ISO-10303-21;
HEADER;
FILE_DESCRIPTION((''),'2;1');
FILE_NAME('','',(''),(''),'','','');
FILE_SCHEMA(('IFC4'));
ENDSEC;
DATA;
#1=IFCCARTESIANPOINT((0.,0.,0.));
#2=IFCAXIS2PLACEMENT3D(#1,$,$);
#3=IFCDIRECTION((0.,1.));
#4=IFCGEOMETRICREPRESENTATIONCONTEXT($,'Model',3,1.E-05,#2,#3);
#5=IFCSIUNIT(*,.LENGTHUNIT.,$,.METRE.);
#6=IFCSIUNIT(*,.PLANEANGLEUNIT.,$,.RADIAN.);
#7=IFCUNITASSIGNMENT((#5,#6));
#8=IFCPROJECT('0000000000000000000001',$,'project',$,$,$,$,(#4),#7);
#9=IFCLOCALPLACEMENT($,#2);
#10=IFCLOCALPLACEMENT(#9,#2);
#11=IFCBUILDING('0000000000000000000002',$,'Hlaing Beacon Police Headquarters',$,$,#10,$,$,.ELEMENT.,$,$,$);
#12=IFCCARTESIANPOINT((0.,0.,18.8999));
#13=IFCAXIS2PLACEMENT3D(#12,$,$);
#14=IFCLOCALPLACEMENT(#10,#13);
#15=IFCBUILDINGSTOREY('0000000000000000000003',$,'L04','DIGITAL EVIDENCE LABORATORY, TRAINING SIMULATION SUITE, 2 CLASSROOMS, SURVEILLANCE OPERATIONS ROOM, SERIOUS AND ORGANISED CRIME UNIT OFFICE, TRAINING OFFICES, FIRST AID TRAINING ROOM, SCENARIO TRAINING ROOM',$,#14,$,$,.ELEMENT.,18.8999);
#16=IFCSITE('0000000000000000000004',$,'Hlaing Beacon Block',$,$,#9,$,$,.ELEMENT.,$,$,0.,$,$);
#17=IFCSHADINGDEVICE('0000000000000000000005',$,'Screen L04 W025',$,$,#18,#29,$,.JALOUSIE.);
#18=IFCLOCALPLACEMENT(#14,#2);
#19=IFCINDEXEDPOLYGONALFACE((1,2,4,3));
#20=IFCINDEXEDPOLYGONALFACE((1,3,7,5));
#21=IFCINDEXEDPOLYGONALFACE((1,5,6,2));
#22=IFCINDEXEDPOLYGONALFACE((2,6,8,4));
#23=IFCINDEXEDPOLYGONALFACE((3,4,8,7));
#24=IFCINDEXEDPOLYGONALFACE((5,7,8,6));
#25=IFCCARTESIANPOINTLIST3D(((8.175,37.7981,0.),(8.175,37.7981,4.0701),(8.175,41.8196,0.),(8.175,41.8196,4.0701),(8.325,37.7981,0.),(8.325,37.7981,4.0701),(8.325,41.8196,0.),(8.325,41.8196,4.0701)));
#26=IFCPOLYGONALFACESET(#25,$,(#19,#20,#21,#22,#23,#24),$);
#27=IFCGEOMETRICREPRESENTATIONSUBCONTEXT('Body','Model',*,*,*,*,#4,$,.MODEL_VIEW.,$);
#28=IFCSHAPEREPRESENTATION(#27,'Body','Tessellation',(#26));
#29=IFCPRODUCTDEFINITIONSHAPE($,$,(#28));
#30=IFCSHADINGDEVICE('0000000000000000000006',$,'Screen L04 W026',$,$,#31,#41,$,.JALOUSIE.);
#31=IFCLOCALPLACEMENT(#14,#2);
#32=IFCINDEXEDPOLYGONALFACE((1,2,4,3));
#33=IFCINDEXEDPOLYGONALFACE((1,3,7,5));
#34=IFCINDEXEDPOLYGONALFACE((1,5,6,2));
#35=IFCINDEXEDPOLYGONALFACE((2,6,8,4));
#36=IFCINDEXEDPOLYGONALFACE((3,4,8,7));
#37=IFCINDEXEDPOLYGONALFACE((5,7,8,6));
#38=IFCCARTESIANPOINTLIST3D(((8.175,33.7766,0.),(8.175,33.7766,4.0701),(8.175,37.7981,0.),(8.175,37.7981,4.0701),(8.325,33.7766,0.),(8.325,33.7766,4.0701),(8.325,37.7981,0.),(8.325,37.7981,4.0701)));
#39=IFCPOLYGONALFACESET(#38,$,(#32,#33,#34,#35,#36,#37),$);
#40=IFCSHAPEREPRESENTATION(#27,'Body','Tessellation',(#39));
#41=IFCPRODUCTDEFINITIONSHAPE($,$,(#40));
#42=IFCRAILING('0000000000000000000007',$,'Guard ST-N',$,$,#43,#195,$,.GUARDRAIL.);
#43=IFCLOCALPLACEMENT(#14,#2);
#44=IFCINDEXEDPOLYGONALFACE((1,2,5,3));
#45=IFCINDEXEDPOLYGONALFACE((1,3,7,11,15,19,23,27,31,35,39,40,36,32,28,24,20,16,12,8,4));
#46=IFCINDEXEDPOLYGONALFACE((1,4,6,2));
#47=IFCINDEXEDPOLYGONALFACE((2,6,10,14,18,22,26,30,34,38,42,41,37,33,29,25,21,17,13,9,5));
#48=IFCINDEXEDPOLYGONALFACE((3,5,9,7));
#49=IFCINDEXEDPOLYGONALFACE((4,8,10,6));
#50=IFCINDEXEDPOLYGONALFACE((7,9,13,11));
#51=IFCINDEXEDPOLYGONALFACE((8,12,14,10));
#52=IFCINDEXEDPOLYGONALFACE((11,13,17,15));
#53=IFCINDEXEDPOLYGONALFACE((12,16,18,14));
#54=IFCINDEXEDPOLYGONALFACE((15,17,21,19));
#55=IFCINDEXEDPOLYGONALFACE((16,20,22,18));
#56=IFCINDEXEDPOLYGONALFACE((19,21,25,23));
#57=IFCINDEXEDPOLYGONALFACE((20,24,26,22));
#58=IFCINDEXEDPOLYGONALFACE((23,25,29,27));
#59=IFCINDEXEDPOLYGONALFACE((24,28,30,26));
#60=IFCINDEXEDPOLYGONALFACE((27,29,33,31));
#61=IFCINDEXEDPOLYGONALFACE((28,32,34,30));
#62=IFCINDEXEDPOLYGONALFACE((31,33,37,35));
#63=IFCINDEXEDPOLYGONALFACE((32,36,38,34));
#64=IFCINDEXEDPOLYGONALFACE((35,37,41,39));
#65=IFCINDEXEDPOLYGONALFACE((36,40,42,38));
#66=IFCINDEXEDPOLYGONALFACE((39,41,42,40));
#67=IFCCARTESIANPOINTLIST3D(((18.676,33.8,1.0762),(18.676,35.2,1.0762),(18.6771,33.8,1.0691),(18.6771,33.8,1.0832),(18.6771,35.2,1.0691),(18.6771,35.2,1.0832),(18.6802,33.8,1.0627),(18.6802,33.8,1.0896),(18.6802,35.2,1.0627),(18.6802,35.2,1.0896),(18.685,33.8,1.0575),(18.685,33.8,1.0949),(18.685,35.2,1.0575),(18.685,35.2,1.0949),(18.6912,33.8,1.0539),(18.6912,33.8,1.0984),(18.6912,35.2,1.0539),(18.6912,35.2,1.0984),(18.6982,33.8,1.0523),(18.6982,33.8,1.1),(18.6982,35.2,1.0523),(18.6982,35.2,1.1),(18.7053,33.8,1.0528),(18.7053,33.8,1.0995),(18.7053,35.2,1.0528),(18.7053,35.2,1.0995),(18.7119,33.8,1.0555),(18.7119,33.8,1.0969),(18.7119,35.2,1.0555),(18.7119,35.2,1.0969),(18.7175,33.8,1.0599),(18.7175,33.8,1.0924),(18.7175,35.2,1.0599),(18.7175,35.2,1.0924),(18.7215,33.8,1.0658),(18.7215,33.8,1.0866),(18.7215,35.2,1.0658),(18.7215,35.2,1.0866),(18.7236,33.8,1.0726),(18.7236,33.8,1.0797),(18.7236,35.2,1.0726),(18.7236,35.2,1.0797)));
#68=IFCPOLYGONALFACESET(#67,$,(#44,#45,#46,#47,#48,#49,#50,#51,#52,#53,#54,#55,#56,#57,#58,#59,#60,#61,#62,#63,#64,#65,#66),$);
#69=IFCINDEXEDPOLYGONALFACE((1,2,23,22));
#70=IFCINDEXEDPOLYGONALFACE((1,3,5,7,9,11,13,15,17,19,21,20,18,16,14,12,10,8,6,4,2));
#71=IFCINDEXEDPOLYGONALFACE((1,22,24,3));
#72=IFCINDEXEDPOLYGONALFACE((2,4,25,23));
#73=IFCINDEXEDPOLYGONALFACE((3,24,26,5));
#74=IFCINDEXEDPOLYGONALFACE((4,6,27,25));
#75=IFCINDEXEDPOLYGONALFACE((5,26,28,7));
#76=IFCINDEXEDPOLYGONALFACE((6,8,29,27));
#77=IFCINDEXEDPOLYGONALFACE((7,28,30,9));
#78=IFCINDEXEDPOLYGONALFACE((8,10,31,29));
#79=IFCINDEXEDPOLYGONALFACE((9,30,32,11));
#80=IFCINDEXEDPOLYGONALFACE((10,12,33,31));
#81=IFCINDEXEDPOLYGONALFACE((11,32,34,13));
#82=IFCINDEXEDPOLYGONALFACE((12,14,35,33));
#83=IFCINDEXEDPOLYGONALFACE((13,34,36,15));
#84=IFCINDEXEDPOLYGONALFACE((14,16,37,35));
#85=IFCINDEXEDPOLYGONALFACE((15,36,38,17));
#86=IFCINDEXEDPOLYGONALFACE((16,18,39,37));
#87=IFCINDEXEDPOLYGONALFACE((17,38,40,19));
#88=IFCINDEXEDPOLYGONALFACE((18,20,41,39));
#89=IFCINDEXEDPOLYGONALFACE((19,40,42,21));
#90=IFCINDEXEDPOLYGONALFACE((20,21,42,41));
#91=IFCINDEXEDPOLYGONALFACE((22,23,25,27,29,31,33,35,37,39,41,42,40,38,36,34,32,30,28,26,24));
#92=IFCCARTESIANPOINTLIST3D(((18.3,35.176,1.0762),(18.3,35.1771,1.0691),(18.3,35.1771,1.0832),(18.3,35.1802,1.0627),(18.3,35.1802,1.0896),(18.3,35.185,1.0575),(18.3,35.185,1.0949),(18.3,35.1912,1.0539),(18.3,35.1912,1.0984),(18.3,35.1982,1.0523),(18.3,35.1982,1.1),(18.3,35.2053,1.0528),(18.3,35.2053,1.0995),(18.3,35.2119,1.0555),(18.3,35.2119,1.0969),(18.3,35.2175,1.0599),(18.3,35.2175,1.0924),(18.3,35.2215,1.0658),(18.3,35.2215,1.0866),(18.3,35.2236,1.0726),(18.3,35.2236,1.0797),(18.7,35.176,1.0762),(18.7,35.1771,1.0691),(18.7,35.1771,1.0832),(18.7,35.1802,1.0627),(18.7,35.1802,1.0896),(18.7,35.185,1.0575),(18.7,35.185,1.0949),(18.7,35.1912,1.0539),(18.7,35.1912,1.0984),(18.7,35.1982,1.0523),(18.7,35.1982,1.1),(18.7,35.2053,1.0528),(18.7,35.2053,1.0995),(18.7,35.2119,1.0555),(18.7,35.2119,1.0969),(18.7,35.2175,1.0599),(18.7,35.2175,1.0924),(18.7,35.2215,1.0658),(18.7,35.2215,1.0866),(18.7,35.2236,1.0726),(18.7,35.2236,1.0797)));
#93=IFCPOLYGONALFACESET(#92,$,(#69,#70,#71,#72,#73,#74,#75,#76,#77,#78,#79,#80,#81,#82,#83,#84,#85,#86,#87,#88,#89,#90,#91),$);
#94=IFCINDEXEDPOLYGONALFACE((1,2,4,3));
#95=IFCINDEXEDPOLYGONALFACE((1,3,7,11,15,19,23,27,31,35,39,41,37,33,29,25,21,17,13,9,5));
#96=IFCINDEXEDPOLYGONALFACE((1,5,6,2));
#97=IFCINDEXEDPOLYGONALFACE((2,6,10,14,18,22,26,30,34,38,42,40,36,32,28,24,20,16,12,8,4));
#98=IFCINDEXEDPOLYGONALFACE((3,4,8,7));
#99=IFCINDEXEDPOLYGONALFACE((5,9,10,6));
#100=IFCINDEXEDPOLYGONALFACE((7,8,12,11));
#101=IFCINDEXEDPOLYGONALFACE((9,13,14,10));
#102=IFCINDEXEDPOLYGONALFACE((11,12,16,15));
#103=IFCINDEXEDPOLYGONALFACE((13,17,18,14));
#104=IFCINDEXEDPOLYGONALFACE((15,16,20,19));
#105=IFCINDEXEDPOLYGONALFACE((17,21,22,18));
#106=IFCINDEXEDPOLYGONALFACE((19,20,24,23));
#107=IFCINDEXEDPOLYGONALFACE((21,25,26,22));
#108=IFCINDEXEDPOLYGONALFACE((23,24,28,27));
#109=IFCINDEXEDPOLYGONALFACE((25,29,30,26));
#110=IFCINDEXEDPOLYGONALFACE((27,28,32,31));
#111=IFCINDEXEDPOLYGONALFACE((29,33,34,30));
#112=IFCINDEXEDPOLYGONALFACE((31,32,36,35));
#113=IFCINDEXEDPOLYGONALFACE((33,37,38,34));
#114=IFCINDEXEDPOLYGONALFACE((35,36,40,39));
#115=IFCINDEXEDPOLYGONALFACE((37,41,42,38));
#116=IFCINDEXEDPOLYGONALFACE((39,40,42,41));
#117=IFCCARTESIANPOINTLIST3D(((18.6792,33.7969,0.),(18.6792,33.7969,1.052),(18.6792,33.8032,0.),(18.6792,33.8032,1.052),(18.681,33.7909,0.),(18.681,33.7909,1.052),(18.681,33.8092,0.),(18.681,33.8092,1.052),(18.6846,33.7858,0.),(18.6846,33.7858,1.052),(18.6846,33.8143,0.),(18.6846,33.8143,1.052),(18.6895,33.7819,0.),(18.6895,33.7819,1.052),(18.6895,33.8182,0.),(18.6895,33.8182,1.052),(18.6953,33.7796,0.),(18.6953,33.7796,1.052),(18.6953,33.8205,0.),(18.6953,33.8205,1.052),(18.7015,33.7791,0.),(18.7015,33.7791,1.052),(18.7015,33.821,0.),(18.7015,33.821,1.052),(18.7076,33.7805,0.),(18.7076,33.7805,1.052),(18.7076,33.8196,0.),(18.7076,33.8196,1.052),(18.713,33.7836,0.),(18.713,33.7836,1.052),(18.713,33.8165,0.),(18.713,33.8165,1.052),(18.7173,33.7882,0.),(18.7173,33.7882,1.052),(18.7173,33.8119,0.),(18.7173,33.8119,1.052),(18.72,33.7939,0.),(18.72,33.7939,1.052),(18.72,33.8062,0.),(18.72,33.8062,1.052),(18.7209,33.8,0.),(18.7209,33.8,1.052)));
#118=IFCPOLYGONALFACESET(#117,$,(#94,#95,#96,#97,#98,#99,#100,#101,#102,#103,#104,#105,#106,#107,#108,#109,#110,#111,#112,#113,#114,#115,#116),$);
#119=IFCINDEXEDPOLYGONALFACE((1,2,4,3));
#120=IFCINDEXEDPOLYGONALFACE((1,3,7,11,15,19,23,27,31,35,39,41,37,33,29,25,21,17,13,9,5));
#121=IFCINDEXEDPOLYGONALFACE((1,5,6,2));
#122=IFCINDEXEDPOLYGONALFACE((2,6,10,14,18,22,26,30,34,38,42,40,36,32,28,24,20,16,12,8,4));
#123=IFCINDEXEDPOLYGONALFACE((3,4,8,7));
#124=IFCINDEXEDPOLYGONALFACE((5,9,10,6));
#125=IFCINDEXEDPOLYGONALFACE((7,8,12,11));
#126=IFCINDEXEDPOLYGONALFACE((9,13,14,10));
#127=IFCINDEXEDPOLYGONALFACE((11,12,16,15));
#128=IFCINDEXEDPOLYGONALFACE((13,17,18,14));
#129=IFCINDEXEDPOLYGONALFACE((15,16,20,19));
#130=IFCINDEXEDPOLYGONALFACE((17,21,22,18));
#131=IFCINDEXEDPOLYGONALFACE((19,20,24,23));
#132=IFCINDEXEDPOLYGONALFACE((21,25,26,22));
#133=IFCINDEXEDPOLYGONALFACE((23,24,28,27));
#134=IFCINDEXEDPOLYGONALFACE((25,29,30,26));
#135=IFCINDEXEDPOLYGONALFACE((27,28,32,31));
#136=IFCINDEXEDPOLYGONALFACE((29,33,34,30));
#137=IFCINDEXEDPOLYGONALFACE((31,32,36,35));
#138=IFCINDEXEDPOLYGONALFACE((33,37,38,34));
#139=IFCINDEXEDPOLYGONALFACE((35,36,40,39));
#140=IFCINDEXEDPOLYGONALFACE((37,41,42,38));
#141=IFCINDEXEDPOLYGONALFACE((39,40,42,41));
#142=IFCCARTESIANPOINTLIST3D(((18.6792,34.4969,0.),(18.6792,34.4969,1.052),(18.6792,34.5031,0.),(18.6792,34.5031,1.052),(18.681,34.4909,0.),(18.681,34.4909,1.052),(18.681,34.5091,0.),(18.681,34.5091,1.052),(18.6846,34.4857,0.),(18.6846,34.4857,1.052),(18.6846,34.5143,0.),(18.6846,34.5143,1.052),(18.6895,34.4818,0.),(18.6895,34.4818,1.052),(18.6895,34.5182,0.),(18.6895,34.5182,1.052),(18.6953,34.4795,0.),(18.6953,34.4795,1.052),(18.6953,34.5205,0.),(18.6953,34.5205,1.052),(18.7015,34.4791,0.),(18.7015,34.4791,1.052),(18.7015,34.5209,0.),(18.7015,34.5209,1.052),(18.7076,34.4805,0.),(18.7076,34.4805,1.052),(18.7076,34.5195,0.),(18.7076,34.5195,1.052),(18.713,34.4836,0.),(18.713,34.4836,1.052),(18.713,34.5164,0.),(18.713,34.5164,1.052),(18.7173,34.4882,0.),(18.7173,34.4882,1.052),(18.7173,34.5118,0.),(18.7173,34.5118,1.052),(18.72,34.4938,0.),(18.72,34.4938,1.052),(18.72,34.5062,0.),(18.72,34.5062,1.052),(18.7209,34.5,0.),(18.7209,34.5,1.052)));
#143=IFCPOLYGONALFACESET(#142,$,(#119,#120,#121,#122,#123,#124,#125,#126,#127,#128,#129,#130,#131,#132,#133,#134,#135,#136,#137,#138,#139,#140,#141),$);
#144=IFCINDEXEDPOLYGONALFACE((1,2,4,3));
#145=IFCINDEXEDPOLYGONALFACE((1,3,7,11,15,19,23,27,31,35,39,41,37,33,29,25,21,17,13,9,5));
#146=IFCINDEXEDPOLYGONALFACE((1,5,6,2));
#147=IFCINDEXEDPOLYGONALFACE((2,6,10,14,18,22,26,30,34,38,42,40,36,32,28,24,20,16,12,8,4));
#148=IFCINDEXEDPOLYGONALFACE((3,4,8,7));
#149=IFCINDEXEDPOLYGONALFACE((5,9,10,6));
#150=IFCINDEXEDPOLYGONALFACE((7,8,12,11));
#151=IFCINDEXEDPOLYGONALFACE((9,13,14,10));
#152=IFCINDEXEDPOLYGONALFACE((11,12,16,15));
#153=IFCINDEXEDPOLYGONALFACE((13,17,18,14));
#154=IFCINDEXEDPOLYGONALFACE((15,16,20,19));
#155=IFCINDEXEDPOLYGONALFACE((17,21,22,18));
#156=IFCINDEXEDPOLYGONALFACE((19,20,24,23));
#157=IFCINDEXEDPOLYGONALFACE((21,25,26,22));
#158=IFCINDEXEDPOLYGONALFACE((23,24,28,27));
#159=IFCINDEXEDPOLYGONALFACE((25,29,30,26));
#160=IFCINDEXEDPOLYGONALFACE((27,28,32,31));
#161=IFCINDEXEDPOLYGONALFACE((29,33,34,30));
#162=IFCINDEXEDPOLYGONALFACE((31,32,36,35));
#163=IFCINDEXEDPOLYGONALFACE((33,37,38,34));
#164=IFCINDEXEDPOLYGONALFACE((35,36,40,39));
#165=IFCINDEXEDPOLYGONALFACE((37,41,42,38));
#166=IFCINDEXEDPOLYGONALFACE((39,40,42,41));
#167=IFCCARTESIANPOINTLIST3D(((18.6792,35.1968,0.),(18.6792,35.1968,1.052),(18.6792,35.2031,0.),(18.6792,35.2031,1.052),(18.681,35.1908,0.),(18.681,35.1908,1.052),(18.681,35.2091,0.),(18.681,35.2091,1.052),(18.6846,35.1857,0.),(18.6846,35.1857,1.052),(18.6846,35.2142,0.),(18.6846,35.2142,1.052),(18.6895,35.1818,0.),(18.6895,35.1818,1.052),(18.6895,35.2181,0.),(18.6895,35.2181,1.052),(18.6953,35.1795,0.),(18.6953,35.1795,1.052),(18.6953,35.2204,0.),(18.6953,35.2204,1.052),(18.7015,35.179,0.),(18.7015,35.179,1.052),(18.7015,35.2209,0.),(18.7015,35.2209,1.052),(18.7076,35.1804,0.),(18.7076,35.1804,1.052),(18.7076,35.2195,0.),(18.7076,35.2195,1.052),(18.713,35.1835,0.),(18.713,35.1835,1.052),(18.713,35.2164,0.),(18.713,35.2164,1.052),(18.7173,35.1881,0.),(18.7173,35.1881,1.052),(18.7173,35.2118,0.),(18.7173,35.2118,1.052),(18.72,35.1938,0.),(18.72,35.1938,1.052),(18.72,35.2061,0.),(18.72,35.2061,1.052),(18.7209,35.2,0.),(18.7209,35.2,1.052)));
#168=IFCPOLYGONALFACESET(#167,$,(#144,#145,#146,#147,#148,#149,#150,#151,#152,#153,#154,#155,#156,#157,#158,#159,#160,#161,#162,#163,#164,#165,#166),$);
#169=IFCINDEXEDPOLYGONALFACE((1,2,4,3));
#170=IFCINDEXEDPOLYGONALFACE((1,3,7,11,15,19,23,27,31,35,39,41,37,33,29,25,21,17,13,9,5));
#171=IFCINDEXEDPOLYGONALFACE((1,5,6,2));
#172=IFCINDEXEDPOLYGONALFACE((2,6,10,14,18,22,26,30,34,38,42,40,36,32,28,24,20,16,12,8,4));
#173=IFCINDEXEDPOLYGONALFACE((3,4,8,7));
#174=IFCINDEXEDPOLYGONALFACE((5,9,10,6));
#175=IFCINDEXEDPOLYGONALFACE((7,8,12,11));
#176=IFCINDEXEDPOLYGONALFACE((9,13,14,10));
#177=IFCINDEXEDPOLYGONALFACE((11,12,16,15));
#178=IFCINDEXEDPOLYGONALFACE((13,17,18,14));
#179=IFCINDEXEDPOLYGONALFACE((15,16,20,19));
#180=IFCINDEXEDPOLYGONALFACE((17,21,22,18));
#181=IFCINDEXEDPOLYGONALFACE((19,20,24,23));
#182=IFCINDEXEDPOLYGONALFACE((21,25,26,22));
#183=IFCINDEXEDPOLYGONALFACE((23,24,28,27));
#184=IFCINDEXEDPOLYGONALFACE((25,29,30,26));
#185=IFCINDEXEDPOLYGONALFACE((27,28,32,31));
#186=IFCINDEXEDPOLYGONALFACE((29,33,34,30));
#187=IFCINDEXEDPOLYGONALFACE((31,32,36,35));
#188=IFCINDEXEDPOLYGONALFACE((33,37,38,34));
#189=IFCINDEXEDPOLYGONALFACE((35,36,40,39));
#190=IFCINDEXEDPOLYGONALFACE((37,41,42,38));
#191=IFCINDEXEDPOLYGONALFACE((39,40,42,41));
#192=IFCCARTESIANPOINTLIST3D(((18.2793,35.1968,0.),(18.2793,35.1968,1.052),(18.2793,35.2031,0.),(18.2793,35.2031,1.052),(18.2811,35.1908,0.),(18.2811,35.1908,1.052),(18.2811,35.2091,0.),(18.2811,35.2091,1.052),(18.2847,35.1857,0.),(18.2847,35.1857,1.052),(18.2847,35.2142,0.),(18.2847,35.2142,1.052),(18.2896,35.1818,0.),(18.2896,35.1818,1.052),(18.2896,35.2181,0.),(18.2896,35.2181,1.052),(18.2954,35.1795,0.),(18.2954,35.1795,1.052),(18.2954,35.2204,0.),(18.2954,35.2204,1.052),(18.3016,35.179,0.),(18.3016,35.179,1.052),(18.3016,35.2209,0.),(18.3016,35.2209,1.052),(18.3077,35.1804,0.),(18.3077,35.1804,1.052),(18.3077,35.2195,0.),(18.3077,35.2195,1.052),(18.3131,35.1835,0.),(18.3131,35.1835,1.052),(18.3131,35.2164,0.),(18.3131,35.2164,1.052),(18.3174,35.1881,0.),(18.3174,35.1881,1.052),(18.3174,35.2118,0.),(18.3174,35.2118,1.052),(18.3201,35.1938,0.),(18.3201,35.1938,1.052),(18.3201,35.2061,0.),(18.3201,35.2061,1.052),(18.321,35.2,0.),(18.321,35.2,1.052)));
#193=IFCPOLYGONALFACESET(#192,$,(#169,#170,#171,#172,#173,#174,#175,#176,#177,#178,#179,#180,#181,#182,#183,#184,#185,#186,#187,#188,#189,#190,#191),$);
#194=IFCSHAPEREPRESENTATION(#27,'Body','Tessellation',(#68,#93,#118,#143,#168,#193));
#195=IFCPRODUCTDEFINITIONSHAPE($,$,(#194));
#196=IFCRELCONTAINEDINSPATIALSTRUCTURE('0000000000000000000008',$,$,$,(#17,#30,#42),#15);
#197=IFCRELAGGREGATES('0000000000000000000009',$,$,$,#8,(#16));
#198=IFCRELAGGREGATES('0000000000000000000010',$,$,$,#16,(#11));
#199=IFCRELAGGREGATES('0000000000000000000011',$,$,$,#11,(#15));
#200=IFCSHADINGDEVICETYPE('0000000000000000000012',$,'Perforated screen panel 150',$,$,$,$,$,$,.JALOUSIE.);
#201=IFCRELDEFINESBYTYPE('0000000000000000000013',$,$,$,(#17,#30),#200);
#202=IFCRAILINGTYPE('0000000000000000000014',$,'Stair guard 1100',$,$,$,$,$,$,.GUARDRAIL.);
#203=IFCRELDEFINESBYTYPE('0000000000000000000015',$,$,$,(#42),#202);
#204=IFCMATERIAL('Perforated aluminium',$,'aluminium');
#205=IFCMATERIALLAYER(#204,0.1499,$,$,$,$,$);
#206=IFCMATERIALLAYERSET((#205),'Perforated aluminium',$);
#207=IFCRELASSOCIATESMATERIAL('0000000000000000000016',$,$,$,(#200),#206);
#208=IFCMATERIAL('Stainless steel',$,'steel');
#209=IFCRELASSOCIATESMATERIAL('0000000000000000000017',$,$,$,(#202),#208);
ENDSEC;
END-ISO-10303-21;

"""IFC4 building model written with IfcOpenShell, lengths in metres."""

from ifc_helpers import new_model, si_unit, direction, frame, origin, origin_2d, place, context, subcontext, project, spatial, rectangle, circle, extrude, material, layer, layer_set, type_object, element, save


model = new_model("IFC4")

# Units and contexts
model_context = context("Model", 3, precision=1e-05, world=origin(), true_north=direction((0.0, 1.0)))
body_context = subcontext(model_context, "Body", "Model", "MODEL_VIEW")
ifc_project = project(units=[si_unit("LENGTHUNIT", "METRE"), si_unit("PLANEANGLEUNIT", "RADIAN")], contexts=[model_context])

# Site, building, storey
site_placement = place(None, origin())
site = spatial("IfcSite", under=ifc_project, at=site_placement, Name="Hlaing Beacon Block", CompositionType="ELEMENT", RefElevation=0.0)
building_placement = place(site_placement, origin())
building = spatial("IfcBuilding", under=site, at=building_placement, Name="Hlaing Beacon Police Headquarters", CompositionType="ELEMENT")
storey_placement = place(building_placement, frame((0.0, 0.0, 18.8999)))
storey = spatial("IfcBuildingStorey", under=building, at=storey_placement, Name="L04", Description="DIGITAL EVIDENCE LABORATORY, TRAINING SIMULATION SUITE, 2 CLASSROOMS, SURVEILLANCE OPERATIONS ROOM, SERIOUS AND ORGANISED CRIME UNIT OFFICE, TRAINING OFFICES, FIRST AID TRAINING ROOM, SCENARIO TRAINING ROOM", CompositionType="ELEMENT", Elevation=18.8999)

# Shading devices
ifc_material_1 = material(Name="Perforated aluminium", Category="aluminium")
ifc_layer_1 = layer(ifc_material_1, 0.1499)
ifc_layer_set_1 = layer_set([ifc_layer_1], Name="Perforated aluminium")
shading_device_type = type_object("IfcShadingDeviceType", Name="Perforated screen panel 150", PredefinedType="JALOUSIE", material=ifc_layer_set_1)
for number, where, z_axis, x_axis, name in (
    (1, (8.25, 39.8088, 0.0), (0.0, 0.0, 1.0), (0.0, -1.0, 0.0), "Screen L04 W025"),
    (2, (8.25, 35.7874, 0.0), (0.0, 0.0, 1.0), (0.0, -1.0, 0.0), "Screen L04 W026"),
):
    element("IfcShadingDevice", number, at=place(storey_placement, frame(where, z_axis=z_axis, x_axis=x_axis)), inside=storey, type_object=shading_device_type, Name=name, PredefinedType="JALOUSIE", context=body_context, shape_type="SweptSolid", body=[
        extrude(rectangle(XDim=4.0215, YDim=0.1499, at=origin_2d()), origin(), (0.0, 0.0, 1.0), 4.0701),
    ])

# Railing
ifc_material_2 = material(Name="Stainless steel", Category="steel")
railing_type_1 = type_object("IfcRailingType", Name="Stair guard 1100", PredefinedType="GUARDRAIL", material=ifc_material_2)
railing_placement = place(storey_placement, frame((18.7, 33.8, 0.0)))
element("IfcRailing", 3, at=railing_placement, inside=storey, type_object=railing_type_1, Name="Guard ST-N", PredefinedType="GUARDRAIL", context=body_context, shape_type="SweptSolid", body=[
    extrude(circle(Radius=0.0239, at=origin_2d()), frame((0.0, 0.0, 1.0762), z_axis=(0.0, 1.0, 0.0), x_axis=(-1.0, 0.0, 0.0)), (0.0, 0.0, 1.0), 1.3999),
    extrude(circle(Radius=0.0239, at=origin_2d()), frame((0.0, 1.3999, 1.0762), z_axis=(-1.0, 0.0, 0.0), x_axis=(0.0, -1.0, 0.0)), (0.0, 0.0, 1.0), 0.3999),
    extrude(circle(Radius=0.021, at=origin_2d()), origin(), (0.0, 0.0, 1.0), 1.052),
    extrude(circle(Radius=0.021, at=origin_2d()), frame((0.0, 0.7, 0.0)), (0.0, 0.0, 1.0), 1.052),
    extrude(circle(Radius=0.021, at=origin_2d()), frame((0.0, 1.3999, 0.0)), (0.0, 0.0, 1.0), 1.052),
    extrude(circle(Radius=0.021, at=origin_2d()), frame((-0.3999, 1.3999, 0.0)), (0.0, 0.0, 1.0), 1.052),
])

save(model, "model.ifc")
